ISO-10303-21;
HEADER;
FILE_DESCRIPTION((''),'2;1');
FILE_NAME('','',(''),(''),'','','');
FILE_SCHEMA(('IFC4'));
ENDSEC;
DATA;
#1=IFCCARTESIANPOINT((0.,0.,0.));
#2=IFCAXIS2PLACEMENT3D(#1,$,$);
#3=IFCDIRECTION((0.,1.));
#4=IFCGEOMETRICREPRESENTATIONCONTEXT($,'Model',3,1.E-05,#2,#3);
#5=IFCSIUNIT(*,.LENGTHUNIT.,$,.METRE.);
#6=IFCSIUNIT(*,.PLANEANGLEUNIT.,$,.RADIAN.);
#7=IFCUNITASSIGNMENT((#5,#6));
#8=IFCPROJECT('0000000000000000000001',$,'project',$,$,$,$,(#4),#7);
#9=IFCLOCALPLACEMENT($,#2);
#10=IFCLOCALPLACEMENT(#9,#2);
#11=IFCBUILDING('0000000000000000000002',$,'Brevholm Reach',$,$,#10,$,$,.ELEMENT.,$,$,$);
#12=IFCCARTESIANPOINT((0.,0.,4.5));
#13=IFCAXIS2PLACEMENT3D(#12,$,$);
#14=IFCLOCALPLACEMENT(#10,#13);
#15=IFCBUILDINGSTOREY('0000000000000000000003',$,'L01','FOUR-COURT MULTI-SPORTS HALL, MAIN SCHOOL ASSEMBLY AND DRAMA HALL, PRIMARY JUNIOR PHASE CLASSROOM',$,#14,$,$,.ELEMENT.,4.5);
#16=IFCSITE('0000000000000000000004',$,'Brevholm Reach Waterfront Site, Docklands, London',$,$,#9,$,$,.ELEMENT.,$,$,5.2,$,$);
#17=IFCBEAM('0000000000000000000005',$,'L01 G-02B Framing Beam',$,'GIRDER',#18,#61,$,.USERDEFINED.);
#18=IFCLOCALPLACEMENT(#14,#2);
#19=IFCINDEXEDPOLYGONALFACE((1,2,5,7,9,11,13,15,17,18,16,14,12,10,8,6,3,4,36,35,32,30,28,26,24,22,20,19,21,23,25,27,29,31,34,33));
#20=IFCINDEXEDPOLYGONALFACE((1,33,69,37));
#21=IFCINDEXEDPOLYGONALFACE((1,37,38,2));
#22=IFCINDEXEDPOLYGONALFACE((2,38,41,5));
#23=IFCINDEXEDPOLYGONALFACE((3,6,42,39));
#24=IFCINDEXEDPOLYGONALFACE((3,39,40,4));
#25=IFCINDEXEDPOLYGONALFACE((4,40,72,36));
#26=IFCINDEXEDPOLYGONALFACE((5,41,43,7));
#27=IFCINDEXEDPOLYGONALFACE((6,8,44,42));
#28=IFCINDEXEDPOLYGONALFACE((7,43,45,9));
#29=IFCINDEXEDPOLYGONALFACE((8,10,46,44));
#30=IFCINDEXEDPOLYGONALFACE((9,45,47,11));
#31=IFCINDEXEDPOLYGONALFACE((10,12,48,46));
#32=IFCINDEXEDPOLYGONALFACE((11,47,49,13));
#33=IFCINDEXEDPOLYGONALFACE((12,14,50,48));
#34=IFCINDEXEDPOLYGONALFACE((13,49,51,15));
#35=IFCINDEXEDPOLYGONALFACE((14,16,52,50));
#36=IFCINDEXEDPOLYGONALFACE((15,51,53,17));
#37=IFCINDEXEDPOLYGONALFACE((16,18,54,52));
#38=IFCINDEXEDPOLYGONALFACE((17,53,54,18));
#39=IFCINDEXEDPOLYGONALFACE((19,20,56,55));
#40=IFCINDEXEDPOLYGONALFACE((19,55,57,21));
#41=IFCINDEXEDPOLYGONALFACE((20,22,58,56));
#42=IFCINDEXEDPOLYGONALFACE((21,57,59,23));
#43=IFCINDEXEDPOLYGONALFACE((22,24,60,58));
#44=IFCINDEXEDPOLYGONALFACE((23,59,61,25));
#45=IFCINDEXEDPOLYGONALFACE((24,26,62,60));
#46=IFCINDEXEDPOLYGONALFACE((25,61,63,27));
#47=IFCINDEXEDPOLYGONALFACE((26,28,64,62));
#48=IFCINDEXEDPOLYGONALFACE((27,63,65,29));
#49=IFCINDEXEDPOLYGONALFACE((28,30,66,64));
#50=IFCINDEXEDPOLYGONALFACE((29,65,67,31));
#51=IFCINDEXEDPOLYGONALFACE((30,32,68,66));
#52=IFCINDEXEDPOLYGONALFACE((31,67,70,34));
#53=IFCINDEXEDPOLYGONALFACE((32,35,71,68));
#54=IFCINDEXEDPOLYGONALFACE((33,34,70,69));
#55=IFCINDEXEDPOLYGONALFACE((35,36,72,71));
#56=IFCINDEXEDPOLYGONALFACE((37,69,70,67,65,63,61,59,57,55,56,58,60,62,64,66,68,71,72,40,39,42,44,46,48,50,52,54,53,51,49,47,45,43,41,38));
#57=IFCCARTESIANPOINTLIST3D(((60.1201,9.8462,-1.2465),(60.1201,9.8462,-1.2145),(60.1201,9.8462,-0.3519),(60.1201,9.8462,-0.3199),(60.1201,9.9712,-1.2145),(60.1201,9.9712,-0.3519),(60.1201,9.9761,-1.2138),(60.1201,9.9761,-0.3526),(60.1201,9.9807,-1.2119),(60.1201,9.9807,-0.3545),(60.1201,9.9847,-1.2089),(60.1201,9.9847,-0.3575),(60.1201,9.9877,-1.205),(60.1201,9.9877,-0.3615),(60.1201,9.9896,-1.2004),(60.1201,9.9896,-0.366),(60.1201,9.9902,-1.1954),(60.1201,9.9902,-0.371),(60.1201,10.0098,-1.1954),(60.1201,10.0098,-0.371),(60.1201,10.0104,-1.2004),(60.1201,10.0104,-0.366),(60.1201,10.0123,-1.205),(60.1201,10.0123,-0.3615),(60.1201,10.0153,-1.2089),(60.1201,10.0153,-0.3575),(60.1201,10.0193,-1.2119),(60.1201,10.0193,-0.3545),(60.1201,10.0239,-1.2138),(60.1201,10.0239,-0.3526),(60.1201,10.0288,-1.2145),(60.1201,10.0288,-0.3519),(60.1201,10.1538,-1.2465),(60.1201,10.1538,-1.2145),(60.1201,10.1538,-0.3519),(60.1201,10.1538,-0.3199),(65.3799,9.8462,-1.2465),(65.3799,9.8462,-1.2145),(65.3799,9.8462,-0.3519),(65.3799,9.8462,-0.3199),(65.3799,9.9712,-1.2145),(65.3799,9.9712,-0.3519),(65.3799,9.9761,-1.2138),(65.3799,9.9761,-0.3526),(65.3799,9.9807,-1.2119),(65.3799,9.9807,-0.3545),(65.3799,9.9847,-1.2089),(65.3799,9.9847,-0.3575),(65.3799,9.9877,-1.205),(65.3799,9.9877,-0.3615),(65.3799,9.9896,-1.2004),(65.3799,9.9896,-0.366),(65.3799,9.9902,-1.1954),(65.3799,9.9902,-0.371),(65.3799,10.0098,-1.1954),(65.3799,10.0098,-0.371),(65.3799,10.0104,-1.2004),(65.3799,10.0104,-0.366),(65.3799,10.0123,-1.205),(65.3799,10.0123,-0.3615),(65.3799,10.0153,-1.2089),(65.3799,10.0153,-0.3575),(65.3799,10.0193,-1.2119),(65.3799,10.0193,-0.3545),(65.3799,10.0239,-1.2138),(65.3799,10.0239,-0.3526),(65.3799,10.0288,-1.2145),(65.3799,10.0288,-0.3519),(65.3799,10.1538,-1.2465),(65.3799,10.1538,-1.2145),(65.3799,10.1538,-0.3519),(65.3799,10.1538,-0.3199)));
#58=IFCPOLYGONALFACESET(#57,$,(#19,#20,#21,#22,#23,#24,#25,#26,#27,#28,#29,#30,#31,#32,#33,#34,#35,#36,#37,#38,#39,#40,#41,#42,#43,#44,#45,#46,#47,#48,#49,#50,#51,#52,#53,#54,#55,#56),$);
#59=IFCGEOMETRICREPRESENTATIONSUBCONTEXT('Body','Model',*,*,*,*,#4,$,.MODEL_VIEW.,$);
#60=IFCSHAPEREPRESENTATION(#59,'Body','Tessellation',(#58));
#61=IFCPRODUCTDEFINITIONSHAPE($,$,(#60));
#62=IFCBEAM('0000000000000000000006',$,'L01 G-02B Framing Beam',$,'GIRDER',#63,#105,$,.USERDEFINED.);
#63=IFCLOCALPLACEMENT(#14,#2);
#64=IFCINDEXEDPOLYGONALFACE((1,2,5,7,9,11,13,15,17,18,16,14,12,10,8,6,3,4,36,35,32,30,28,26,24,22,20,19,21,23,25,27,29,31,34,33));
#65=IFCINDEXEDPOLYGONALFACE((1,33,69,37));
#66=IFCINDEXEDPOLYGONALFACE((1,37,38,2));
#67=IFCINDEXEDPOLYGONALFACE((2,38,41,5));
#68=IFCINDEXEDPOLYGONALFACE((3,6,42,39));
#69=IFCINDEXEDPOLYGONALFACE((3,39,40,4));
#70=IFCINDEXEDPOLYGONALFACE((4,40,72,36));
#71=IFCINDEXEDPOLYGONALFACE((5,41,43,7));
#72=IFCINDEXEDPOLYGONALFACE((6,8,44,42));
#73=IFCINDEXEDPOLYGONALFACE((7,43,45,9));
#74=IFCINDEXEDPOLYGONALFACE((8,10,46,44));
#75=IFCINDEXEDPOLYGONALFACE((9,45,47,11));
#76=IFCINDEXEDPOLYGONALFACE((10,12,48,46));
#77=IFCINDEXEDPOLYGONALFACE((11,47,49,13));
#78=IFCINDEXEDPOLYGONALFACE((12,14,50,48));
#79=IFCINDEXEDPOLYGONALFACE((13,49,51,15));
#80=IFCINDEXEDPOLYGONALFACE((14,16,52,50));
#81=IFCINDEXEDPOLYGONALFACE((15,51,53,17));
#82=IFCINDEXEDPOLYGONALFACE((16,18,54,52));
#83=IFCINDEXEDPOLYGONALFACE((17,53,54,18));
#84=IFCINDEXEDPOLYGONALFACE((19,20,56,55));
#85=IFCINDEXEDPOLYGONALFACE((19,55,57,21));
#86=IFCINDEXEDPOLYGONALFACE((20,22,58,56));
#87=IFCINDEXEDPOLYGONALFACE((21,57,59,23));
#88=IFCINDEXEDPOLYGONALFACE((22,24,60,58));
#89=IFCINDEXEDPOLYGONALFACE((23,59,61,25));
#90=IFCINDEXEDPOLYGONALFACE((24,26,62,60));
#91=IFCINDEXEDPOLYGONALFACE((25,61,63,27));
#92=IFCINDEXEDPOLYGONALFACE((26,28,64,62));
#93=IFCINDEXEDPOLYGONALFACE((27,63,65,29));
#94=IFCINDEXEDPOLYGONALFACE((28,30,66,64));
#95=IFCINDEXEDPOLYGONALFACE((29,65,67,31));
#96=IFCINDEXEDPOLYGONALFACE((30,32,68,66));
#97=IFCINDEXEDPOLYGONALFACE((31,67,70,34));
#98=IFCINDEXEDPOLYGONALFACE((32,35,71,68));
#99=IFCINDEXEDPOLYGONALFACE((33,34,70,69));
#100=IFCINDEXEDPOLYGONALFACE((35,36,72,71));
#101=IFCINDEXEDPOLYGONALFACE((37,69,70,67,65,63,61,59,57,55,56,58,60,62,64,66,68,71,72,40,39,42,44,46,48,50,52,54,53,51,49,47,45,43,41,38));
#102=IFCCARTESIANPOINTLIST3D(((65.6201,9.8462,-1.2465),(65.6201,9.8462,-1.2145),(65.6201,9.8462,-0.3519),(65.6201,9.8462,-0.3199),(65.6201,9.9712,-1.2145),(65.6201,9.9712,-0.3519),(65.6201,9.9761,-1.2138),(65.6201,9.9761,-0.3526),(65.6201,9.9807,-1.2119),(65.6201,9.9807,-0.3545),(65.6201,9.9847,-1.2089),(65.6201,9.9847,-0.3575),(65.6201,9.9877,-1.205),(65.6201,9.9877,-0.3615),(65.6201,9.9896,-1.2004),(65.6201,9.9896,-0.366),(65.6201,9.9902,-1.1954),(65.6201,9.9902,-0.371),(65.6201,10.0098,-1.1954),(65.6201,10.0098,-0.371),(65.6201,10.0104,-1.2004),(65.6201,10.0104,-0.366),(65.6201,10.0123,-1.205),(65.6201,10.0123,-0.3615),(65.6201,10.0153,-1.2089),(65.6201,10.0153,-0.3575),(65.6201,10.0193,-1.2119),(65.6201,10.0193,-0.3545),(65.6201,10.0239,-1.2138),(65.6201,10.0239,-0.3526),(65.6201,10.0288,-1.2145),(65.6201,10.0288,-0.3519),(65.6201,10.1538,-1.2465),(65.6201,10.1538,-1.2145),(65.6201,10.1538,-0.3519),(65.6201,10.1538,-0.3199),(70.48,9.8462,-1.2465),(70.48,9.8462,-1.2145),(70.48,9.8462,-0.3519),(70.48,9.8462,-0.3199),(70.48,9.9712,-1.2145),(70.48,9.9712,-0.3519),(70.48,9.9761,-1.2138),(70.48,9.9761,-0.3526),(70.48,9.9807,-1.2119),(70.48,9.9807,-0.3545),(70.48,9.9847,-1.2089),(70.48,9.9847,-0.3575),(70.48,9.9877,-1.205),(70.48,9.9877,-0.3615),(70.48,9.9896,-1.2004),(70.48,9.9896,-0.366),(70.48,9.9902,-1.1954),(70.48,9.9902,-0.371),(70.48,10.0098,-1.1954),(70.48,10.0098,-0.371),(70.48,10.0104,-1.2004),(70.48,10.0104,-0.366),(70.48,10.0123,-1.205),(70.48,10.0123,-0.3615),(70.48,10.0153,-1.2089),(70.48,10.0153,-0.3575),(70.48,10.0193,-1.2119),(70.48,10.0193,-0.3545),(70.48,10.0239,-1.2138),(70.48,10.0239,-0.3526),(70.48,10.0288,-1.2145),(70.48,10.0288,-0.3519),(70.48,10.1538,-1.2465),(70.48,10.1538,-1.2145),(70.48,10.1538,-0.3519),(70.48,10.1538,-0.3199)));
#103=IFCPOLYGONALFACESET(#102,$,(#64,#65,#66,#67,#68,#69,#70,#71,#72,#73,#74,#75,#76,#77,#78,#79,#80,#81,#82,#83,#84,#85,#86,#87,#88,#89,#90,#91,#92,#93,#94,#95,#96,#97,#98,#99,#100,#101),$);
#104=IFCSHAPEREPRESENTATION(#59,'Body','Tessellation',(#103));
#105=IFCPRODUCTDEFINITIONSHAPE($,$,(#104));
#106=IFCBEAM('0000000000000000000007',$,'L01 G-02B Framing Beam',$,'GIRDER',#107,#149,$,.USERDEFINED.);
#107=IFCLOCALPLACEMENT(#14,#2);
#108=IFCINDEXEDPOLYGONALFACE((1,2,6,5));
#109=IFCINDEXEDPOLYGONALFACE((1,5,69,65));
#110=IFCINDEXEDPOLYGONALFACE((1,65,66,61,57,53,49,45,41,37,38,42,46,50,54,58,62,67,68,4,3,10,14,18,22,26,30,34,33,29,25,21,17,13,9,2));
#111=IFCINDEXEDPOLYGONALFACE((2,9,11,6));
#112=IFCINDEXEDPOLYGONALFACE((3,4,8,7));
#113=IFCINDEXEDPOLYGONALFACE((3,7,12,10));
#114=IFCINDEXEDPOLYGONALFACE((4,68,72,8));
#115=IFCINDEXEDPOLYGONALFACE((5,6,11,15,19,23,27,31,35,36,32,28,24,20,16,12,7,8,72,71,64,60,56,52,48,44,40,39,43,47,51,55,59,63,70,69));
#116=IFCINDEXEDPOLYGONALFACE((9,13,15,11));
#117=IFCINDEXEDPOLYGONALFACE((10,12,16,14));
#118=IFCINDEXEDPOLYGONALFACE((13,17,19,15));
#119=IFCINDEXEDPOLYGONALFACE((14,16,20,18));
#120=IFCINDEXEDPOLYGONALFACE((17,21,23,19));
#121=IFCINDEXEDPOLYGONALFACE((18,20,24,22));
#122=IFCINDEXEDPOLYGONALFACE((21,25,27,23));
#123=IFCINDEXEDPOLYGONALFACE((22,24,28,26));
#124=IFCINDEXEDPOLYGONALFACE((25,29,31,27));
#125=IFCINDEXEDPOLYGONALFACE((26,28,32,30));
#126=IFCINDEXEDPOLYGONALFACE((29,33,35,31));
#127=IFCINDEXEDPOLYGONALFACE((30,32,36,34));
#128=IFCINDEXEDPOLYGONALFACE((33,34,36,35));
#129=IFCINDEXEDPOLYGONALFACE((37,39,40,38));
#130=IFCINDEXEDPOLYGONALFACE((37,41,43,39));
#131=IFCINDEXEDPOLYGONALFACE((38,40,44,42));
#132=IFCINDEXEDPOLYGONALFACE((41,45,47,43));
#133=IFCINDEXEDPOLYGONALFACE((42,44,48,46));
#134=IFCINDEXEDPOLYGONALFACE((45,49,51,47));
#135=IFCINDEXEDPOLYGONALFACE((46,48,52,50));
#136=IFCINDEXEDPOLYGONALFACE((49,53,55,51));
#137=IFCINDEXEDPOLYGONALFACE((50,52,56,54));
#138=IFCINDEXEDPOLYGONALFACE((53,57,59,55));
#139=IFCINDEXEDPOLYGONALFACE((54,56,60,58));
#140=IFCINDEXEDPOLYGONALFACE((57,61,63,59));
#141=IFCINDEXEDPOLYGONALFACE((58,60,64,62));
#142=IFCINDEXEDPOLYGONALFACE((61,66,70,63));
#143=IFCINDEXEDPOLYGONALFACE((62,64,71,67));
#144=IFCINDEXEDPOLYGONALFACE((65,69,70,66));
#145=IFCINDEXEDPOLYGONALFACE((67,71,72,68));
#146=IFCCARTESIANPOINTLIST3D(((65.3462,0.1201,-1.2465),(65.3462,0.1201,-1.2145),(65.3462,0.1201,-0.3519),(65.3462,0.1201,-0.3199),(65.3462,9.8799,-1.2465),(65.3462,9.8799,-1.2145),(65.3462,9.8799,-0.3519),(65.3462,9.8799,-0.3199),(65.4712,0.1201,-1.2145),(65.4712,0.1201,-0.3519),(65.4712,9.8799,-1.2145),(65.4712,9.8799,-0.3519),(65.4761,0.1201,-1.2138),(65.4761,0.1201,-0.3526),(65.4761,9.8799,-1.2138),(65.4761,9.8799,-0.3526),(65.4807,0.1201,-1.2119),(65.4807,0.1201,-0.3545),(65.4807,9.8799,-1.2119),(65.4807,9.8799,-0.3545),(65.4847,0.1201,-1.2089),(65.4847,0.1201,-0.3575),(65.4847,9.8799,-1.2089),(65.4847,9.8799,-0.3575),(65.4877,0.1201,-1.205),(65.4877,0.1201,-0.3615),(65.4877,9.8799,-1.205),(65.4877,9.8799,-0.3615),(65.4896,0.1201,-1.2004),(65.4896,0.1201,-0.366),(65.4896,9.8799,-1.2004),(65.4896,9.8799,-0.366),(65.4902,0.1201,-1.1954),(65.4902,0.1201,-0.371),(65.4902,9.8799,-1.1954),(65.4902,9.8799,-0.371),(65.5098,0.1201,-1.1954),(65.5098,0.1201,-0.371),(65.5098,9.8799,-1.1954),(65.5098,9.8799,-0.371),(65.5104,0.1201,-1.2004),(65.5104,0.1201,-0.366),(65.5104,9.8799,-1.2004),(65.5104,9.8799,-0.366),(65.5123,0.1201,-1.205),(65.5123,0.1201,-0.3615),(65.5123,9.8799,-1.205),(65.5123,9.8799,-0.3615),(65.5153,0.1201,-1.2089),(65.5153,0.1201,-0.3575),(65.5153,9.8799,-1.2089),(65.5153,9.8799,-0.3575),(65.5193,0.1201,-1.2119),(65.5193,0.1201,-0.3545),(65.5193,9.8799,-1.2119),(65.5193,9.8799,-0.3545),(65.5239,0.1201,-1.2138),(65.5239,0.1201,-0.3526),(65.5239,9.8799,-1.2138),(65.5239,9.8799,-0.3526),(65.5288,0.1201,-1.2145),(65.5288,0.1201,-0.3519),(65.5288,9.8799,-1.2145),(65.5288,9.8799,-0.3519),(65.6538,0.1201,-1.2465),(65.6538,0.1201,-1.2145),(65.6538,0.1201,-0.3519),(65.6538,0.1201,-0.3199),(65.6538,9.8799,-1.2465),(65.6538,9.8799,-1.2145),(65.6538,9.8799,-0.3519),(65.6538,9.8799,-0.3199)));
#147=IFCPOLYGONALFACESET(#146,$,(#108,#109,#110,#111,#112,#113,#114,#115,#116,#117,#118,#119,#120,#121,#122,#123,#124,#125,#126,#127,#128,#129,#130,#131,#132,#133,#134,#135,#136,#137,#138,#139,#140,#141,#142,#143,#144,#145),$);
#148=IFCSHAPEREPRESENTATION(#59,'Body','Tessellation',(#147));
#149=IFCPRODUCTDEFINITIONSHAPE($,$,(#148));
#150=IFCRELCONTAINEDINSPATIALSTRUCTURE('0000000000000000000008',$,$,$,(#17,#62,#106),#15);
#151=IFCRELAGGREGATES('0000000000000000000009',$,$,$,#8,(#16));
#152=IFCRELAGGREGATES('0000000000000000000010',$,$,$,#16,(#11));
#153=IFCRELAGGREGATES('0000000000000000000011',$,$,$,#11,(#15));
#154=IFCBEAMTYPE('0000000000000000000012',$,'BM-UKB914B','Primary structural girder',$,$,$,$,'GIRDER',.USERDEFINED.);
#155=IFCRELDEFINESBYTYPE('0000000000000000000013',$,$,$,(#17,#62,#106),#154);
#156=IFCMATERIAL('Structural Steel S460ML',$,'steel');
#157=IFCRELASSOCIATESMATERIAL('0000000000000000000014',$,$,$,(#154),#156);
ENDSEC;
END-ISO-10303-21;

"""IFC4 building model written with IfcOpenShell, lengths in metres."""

from ifc_helpers import new_model, si_unit, direction, frame, origin, origin_2d, place, context, subcontext, project, spatial, i_section, extrude, material, material_profile, profile_set, type_object, element, save


model = new_model("IFC4")

# Units and contexts
model_context = context("Model", 3, precision=1e-05, world=origin(), true_north=direction((0.0, 1.0)))
body_context = subcontext(model_context, "Body", "Model", "MODEL_VIEW")
ifc_project = project(units=[si_unit("LENGTHUNIT", "METRE"), si_unit("PLANEANGLEUNIT", "RADIAN")], contexts=[model_context])

# Site, building, storey
site_placement = place(None, origin())
site = spatial("IfcSite", under=ifc_project, at=site_placement, Name="Brevholm Reach Waterfront Site, Docklands, London", CompositionType="ELEMENT", RefElevation=5.2)
building_placement = place(site_placement, origin())
building = spatial("IfcBuilding", under=site, at=building_placement, Name="Brevholm Reach", CompositionType="ELEMENT")
storey_placement = place(building_placement, frame((0.0, 0.0, 4.5)))
storey = spatial("IfcBuildingStorey", under=building, at=storey_placement, Name="L01", Description="FOUR-COURT MULTI-SPORTS HALL, MAIN SCHOOL ASSEMBLY AND DRAMA HALL, PRIMARY JUNIOR PHASE CLASSROOM", CompositionType="ELEMENT", Elevation=4.5)

# Beams
ifc_material_1 = material(Name="Structural Steel S460ML", Category="steel")
ifc_material_profile_1 = material_profile(ifc_material_1, i_section(OverallWidth=0.3076, OverallDepth=0.9265, WebThickness=0.0195, FlangeThickness=0.032, FilletRadius=0.019, at=origin_2d()), Name="UKB 914x305x289")
ifc_profile_set_1 = profile_set([ifc_material_profile_1], Name="Structural Steel S460ML")
beam_type_1 = type_object("IfcBeamType", Name="BM-UKB914B", Description="Primary structural girder", ElementType="GIRDER", PredefinedType="USERDEFINED", material=ifc_profile_set_1)
beam_1_placement = place(storey_placement, frame((60.1201, 10.0, -0.7832), z_axis=(1.0, 0.0, 0.0), x_axis=(0.0, 1.0, 0.0)))
element("IfcBeam", 1, at=beam_1_placement, inside=storey, type_object=beam_type_1, Name="L01 G-02B Framing Beam", ObjectType="GIRDER", PredefinedType="USERDEFINED", context=body_context, shape_type="SweptSolid", body=[
    extrude(i_section(OverallWidth=0.3076, OverallDepth=0.9265, WebThickness=0.0195, FlangeThickness=0.032, FilletRadius=0.019, at=origin_2d()), origin(), (0.0, 0.0, 1.0), 5.2598),
])
beam_2_placement = place(storey_placement, frame((65.6201, 10.0, -0.7832), z_axis=(1.0, 0.0, 0.0), x_axis=(0.0, 1.0, 0.0)))
element("IfcBeam", 2, at=beam_2_placement, inside=storey, type_object=beam_type_1, Name="L01 G-02B Framing Beam", ObjectType="GIRDER", PredefinedType="USERDEFINED", context=body_context, shape_type="SweptSolid", body=[
    extrude(i_section(OverallWidth=0.3076, OverallDepth=0.9265, WebThickness=0.0195, FlangeThickness=0.032, FilletRadius=0.019, at=origin_2d()), origin(), (0.0, 0.0, 1.0), 4.8599),
])
beam_3_placement = place(storey_placement, frame((65.5, 0.1201, -0.7832), z_axis=(0.0, 1.0, 0.0), x_axis=(-1.0, 0.0, 0.0)))
element("IfcBeam", 3, at=beam_3_placement, inside=storey, type_object=beam_type_1, Name="L01 G-02B Framing Beam", ObjectType="GIRDER", PredefinedType="USERDEFINED", context=body_context, shape_type="SweptSolid", body=[
    extrude(i_section(OverallWidth=0.3076, OverallDepth=0.9265, WebThickness=0.0195, FlangeThickness=0.032, FilletRadius=0.019, at=origin_2d()), origin(), (0.0, 0.0, 1.0), 9.7598),
])

save(model, "model.ifc")
